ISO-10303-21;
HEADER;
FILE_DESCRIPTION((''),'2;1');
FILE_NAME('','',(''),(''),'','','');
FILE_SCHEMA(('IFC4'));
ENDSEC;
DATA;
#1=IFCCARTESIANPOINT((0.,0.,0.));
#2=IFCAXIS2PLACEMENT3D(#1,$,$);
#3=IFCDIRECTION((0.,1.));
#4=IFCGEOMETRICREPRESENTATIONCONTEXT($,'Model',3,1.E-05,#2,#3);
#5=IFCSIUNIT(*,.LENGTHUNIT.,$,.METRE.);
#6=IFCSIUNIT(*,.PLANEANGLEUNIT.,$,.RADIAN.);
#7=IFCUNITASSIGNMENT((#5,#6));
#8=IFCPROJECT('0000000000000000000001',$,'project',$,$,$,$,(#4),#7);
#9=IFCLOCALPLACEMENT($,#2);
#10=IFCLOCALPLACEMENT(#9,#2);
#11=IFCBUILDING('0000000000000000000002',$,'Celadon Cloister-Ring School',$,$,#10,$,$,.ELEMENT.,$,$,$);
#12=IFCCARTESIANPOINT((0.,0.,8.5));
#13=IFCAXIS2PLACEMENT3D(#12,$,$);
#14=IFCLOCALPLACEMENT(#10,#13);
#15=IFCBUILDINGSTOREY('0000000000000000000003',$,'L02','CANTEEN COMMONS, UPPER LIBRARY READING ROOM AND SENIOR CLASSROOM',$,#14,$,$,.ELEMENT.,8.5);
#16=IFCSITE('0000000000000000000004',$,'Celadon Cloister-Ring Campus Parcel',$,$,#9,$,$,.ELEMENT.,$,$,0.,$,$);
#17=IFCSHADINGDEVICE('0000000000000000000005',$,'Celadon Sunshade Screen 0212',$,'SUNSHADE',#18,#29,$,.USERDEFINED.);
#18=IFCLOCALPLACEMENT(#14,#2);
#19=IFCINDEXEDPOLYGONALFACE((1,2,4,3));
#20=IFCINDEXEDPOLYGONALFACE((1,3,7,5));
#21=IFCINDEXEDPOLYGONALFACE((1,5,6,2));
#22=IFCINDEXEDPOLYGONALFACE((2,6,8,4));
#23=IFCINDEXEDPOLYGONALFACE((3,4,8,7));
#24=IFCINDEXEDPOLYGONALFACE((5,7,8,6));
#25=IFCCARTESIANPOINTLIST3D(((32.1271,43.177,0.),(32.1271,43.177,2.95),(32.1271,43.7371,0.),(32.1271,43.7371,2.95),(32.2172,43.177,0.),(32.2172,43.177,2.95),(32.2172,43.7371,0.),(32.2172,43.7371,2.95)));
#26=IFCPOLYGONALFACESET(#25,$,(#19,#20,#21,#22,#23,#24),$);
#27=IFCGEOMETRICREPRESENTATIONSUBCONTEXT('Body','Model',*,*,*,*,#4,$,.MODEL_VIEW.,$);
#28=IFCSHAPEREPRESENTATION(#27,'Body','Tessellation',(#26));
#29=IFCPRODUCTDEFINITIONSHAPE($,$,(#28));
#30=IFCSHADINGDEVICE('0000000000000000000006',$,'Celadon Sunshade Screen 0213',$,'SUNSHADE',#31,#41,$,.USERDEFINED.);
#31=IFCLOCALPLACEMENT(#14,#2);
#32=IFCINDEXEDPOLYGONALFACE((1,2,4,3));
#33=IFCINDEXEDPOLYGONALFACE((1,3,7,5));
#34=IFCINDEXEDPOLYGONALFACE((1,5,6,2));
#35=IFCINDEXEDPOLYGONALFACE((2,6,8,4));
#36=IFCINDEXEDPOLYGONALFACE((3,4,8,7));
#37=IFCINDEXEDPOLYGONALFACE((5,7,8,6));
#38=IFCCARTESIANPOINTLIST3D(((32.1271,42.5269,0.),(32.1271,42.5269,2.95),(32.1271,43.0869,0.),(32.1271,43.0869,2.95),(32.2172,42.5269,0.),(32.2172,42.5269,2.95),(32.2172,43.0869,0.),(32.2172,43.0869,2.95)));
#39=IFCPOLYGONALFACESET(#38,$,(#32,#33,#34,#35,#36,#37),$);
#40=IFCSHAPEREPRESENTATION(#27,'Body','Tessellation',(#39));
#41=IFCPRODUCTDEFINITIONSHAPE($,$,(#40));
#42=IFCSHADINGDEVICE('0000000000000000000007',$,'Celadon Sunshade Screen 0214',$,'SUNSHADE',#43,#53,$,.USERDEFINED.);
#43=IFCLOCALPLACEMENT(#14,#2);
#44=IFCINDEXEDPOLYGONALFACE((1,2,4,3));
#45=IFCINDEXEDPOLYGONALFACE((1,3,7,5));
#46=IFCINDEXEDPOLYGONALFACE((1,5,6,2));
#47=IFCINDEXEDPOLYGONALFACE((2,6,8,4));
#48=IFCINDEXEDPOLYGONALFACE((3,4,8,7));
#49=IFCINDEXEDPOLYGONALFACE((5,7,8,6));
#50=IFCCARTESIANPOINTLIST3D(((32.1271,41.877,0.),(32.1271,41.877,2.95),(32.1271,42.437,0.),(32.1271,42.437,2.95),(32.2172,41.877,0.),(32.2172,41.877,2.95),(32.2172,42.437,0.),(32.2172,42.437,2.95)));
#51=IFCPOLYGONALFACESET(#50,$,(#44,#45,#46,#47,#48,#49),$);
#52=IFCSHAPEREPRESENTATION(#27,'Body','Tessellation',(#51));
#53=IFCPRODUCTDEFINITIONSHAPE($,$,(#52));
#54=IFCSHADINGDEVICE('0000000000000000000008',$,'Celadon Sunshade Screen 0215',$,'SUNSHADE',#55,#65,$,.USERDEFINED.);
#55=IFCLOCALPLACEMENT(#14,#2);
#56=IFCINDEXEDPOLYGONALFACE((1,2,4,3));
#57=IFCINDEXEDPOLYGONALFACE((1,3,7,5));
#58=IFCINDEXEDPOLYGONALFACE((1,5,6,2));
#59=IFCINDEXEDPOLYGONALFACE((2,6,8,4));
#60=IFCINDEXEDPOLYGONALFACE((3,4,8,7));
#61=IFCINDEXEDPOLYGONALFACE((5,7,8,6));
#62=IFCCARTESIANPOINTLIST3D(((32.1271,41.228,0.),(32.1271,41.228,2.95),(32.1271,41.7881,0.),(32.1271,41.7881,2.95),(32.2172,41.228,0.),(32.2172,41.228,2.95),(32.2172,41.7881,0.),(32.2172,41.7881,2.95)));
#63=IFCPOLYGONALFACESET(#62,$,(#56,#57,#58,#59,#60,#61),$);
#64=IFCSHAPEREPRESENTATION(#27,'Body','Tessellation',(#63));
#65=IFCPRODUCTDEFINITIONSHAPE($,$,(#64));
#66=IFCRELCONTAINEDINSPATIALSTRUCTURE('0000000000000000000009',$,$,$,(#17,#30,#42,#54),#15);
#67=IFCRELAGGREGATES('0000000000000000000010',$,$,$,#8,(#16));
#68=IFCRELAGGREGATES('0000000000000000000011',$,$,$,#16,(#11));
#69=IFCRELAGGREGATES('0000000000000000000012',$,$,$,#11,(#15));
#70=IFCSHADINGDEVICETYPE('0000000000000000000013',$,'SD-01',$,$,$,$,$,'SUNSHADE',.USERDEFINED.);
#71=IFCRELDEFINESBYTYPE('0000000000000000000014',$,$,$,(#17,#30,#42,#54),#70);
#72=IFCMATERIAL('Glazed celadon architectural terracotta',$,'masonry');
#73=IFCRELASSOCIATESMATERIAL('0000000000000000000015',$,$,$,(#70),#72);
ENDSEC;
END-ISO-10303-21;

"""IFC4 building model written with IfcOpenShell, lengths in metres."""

from ifc_helpers import new_model, si_unit, direction, frame, origin, origin_2d, place, context, subcontext, project, spatial, rectangle, extrude, material, type_object, element, save


model = new_model("IFC4")

# Units and contexts
model_context = context("Model", 3, precision=1e-05, world=origin(), true_north=direction((0.0, 1.0)))
body_context = subcontext(model_context, "Body", "Model", "MODEL_VIEW")
ifc_project = project(units=[si_unit("LENGTHUNIT", "METRE"), si_unit("PLANEANGLEUNIT", "RADIAN")], contexts=[model_context])

# Site, building, storey
site_placement = place(None, origin())
site = spatial("IfcSite", under=ifc_project, at=site_placement, Name="Celadon Cloister-Ring Campus Parcel", CompositionType="ELEMENT", RefElevation=0.0)
building_placement = place(site_placement, origin())
building = spatial("IfcBuilding", under=site, at=building_placement, Name="Celadon Cloister-Ring School", CompositionType="ELEMENT")
storey_placement = place(building_placement, frame((0.0, 0.0, 8.5)))
storey = spatial("IfcBuildingStorey", under=building, at=storey_placement, Name="L02", Description="CANTEEN COMMONS, UPPER LIBRARY READING ROOM AND SENIOR CLASSROOM", CompositionType="ELEMENT", Elevation=8.5)

# Shading devices
ifc_material_1 = material(Name="Glazed celadon architectural terracotta", Category="masonry")
shading_device_type = type_object("IfcShadingDeviceType", Name="SD-01", ElementType="SUNSHADE", PredefinedType="USERDEFINED", material=ifc_material_1)
for number, where, z_axis, x_axis, name in (
    (1, (32.1721, 43.457, 0.0), (0.0, 0.0, 1.0), (0.0, -1.0, 0.0), "Celadon Sunshade Screen 0212"),
    (2, (32.1721, 42.8069, 0.0), (0.0, 0.0, 1.0), (0.0, -1.0, 0.0), "Celadon Sunshade Screen 0213"),
    (3, (32.1721, 42.157, 0.0), (0.0, 0.0, 1.0), (0.0, -1.0, 0.0), "Celadon Sunshade Screen 0214"),
    (4, (32.1721, 41.5081, 0.0), (0.0, 0.0, 1.0), (0.0, -1.0, 0.0), "Celadon Sunshade Screen 0215"),
):
    element("IfcShadingDevice", number, at=place(storey_placement, frame(where, z_axis=z_axis, x_axis=x_axis)), inside=storey, type_object=shading_device_type, Name=name, ObjectType="SUNSHADE", PredefinedType="USERDEFINED", context=body_context, shape_type="SweptSolid", body=[
        extrude(rectangle(XDim=0.5601, YDim=0.0901, at=origin_2d()), origin(), (0.0, 0.0, 1.0), 2.95),
    ])

save(model, "model.ifc")
